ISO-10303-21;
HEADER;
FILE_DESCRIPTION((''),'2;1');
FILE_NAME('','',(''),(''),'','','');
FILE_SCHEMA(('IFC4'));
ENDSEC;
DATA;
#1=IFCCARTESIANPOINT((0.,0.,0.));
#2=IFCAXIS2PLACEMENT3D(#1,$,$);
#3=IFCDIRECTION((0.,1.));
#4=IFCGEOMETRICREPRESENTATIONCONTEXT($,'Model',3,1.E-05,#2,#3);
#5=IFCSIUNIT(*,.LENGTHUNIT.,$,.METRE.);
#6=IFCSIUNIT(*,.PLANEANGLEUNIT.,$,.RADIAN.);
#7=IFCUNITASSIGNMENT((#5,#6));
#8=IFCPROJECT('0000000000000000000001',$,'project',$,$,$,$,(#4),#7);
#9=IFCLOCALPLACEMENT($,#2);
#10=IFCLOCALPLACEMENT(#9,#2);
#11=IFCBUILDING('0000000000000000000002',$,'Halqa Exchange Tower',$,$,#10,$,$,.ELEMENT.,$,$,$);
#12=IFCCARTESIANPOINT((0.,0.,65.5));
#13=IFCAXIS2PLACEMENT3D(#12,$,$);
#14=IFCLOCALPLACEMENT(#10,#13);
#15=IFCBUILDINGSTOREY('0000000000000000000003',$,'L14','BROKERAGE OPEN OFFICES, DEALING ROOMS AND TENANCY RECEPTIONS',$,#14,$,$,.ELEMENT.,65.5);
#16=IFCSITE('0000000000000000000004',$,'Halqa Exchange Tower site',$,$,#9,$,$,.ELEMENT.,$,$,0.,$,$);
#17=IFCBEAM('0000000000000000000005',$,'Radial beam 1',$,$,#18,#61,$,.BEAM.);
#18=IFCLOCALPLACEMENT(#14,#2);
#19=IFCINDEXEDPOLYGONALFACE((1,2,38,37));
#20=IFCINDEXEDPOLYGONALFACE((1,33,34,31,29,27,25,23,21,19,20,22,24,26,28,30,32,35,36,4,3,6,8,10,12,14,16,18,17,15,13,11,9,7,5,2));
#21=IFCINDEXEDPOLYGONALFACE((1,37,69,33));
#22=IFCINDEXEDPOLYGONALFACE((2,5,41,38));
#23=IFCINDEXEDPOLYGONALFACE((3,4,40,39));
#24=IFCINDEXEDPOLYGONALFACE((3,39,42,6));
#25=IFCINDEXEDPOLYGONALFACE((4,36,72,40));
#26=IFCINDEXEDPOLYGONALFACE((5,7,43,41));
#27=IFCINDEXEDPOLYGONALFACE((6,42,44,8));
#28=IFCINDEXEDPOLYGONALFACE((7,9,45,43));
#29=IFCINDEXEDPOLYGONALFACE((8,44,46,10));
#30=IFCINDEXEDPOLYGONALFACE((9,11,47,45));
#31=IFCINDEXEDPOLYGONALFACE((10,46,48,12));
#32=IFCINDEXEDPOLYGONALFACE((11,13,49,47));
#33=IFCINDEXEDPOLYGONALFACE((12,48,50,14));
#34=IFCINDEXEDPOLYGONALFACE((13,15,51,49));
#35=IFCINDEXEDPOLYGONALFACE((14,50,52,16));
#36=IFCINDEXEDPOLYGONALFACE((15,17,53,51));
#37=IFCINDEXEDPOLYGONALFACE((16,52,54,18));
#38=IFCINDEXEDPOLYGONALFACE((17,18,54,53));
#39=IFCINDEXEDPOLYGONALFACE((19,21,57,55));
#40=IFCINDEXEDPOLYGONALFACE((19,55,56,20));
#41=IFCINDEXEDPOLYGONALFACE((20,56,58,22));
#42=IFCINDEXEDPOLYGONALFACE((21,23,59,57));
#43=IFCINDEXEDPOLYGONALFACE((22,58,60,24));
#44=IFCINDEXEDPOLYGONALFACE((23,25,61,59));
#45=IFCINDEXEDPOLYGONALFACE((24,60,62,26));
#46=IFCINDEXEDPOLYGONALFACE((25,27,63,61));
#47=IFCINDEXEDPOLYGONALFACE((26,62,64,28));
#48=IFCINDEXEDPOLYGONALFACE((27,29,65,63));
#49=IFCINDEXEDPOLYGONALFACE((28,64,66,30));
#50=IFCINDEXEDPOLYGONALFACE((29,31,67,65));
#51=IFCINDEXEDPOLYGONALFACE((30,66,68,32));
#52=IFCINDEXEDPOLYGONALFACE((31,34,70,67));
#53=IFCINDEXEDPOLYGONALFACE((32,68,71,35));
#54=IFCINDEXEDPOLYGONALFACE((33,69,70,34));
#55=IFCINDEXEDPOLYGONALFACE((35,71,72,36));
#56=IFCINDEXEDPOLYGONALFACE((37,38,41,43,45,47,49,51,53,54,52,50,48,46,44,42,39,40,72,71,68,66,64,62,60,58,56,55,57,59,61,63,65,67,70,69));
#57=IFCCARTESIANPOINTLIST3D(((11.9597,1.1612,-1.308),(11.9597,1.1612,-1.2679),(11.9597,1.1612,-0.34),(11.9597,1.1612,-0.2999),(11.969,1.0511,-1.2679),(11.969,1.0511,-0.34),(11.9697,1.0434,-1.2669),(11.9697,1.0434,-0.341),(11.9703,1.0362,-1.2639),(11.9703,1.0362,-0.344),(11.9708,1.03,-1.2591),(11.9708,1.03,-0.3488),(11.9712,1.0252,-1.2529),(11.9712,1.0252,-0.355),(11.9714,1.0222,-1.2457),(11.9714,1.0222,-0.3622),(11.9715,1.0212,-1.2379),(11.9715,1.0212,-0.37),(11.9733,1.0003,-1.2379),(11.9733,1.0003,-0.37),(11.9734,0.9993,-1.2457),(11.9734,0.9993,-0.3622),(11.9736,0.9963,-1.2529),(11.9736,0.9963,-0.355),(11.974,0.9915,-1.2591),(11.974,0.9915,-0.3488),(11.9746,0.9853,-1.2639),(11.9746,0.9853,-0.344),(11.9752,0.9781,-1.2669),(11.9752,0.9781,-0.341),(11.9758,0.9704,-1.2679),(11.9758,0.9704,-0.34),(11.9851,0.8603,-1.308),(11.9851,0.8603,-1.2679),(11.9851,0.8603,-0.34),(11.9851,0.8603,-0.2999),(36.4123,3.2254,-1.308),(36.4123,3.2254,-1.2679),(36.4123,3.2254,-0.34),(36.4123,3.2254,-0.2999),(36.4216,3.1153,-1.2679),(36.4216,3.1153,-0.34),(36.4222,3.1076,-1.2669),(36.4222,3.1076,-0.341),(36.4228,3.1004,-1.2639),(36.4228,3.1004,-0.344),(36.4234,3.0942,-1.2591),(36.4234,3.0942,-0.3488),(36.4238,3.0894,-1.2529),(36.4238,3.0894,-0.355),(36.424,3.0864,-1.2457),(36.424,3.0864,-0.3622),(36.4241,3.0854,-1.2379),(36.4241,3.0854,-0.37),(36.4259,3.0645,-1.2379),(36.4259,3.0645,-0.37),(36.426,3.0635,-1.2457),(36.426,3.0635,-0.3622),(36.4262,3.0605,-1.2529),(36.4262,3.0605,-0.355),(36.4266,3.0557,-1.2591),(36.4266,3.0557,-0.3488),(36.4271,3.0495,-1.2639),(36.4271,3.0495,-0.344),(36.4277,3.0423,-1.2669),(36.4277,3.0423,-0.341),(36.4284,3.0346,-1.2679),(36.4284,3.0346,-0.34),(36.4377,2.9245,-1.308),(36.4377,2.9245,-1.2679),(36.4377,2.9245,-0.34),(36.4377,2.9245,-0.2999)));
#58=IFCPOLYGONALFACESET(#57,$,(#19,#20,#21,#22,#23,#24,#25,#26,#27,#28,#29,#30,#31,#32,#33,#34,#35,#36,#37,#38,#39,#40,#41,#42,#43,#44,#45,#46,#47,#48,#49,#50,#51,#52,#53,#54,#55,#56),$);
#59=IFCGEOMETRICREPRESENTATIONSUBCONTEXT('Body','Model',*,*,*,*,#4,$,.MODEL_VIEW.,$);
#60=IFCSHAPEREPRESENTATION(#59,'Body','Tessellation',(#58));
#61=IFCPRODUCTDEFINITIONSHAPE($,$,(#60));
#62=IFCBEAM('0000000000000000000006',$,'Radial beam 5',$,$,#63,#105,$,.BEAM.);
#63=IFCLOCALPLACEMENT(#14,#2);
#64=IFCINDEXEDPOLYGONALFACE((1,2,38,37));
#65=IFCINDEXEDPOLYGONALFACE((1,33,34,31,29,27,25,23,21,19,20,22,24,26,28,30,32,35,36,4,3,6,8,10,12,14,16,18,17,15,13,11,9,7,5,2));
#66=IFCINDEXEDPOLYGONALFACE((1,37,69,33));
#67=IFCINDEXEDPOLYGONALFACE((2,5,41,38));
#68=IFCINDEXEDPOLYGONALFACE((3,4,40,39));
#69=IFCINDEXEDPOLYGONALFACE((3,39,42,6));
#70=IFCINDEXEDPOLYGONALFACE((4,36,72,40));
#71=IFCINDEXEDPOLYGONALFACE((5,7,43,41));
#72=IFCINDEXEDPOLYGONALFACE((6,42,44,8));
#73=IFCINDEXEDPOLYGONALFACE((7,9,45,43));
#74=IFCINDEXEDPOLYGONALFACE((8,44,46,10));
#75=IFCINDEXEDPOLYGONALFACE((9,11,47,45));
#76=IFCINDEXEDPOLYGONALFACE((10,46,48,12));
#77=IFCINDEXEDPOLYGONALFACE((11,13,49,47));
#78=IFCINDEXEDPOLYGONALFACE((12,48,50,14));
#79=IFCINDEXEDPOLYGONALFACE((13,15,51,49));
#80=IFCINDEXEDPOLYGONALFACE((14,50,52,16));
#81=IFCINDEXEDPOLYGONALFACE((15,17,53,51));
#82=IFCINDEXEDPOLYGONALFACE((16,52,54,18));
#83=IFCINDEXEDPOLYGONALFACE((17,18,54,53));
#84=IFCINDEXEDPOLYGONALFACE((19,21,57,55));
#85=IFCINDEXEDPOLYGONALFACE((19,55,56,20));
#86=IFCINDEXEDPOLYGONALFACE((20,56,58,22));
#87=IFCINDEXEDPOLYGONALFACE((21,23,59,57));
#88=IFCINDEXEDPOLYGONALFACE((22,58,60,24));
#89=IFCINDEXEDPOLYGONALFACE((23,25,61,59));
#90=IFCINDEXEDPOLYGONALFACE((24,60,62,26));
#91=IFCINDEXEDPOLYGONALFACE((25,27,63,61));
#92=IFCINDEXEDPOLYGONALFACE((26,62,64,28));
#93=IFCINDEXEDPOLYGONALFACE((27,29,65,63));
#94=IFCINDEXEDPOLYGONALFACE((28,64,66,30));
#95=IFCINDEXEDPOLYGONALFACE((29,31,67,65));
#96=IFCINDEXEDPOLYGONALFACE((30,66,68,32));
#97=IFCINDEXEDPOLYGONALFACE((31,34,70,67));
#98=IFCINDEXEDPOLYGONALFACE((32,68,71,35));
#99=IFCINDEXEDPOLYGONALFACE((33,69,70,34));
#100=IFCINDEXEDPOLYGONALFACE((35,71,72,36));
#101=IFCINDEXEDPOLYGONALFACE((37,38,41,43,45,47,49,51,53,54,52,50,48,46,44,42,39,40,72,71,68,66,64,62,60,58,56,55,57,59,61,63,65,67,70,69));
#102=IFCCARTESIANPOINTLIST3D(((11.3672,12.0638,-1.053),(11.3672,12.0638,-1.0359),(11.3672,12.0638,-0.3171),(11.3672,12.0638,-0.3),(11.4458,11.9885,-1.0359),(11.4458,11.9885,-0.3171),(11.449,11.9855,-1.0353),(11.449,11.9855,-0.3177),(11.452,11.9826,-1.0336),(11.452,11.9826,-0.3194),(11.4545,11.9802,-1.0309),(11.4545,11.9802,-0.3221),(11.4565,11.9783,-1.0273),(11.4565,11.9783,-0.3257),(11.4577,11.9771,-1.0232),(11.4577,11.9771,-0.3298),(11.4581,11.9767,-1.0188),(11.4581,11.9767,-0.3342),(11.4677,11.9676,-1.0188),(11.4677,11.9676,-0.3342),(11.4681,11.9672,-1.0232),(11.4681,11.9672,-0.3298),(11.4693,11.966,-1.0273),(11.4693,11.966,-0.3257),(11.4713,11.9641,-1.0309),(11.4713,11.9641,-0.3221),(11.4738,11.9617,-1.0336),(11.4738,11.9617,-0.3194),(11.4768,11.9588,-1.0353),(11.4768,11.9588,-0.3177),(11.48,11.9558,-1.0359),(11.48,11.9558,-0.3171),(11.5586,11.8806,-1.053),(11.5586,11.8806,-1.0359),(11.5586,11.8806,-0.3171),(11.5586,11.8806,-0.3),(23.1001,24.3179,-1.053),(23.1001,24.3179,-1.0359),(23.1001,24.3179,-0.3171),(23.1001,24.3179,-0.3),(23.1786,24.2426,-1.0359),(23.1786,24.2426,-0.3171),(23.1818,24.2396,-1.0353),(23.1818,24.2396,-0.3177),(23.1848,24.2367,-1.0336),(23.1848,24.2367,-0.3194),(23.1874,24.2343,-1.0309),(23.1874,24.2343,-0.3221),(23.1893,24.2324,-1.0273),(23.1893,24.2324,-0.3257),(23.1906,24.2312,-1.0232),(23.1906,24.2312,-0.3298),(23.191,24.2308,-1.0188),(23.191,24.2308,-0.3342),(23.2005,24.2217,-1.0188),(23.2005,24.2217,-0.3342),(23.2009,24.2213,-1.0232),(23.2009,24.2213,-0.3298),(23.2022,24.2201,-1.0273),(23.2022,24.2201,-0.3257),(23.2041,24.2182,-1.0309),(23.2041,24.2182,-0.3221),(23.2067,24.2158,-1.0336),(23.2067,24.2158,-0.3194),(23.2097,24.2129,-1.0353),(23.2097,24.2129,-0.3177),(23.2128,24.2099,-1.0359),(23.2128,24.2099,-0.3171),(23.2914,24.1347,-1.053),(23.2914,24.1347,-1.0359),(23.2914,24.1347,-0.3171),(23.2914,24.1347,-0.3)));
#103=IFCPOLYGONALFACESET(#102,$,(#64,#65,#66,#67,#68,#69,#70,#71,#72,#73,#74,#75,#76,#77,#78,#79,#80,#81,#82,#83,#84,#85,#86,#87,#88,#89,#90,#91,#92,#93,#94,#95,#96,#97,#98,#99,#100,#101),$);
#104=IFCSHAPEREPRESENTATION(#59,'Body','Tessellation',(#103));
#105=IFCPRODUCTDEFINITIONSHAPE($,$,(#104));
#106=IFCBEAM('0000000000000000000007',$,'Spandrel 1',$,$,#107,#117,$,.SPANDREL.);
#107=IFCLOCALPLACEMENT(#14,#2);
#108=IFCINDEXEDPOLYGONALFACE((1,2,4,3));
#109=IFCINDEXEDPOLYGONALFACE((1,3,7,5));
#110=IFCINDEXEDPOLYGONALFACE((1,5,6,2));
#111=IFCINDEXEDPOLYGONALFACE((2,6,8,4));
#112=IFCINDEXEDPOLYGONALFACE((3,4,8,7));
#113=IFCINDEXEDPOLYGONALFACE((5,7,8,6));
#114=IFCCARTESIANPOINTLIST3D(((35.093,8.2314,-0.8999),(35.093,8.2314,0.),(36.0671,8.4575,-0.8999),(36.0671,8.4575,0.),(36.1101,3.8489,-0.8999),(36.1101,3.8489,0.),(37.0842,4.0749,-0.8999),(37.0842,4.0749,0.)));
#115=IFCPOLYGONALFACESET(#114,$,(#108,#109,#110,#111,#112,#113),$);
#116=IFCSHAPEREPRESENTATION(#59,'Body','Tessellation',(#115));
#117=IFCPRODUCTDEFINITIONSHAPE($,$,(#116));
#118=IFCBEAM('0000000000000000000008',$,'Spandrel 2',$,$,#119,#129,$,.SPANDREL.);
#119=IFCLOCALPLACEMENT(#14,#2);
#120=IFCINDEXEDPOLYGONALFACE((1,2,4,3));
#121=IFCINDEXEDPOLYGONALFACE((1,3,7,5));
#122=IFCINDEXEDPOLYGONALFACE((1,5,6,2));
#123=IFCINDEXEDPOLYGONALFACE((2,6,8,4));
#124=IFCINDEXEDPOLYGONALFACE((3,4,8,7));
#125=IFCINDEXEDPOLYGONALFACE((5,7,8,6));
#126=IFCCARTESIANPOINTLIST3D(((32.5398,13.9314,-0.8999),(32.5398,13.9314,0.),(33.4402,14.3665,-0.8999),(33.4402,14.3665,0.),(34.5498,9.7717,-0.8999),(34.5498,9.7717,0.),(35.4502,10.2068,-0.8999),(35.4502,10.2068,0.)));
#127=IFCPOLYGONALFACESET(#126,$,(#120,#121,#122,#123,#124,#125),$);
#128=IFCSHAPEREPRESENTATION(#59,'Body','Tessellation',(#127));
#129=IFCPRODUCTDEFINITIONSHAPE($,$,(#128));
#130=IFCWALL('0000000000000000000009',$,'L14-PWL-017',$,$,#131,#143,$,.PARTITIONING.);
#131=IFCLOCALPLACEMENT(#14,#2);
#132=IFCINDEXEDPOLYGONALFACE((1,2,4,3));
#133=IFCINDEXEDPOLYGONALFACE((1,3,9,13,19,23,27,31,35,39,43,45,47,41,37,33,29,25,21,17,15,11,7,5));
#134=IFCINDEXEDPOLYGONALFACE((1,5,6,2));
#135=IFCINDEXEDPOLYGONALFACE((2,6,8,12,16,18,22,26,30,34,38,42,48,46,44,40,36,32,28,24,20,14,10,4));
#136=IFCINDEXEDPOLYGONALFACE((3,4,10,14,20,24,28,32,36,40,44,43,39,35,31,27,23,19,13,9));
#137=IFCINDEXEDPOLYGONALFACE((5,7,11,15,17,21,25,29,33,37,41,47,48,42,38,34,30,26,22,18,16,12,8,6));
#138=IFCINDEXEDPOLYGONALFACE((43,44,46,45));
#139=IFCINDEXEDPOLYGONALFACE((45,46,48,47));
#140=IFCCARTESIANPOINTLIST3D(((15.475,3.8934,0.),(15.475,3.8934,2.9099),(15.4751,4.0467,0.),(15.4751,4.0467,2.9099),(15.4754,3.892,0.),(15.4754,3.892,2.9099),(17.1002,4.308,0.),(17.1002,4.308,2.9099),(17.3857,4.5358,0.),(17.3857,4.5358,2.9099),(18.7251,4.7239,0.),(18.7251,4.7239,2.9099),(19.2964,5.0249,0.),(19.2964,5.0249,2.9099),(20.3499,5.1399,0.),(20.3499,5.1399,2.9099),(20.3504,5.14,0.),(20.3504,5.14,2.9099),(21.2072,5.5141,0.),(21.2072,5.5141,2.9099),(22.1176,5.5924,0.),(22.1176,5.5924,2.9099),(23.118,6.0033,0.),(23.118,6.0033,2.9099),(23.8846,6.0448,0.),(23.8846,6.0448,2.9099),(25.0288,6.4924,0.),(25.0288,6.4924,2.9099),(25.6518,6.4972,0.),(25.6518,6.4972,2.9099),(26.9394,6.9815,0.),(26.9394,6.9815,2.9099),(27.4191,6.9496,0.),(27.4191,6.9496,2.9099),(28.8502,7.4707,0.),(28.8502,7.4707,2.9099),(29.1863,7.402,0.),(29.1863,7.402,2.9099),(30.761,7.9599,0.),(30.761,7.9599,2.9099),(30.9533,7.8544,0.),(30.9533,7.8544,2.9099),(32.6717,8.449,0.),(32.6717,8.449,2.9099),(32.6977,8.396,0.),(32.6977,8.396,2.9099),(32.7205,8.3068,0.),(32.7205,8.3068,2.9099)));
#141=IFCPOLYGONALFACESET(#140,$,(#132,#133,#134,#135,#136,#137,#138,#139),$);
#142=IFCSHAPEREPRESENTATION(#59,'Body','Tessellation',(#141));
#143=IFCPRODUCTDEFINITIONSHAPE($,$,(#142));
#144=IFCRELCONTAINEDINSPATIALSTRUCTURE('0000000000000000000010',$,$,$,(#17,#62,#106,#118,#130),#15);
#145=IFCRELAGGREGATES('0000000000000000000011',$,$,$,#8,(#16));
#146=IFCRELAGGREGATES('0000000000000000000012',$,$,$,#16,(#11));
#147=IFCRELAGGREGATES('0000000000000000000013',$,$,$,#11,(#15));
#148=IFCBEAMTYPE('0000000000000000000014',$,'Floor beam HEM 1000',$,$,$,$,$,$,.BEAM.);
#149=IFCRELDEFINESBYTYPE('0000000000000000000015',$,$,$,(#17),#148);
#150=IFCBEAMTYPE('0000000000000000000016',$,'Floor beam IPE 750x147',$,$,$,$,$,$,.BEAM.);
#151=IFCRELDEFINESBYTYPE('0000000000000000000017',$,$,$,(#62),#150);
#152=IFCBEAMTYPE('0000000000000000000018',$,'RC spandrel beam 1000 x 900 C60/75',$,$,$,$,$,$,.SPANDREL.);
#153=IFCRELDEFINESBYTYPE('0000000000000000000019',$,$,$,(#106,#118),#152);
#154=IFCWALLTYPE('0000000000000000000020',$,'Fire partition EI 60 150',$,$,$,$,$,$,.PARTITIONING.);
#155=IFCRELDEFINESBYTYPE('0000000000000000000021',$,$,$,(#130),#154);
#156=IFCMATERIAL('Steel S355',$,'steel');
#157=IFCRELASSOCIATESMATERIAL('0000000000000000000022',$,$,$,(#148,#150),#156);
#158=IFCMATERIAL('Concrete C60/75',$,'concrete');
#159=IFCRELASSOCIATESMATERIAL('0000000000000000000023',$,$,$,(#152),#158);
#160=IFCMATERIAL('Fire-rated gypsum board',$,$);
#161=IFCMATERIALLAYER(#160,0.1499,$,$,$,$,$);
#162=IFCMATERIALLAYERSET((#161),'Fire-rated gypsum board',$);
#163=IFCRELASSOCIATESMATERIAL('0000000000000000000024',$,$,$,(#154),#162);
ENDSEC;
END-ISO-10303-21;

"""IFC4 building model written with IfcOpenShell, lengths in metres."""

from ifc_helpers import new_model, si_unit, direction, frame, origin, origin_2d, place, context, subcontext, project, spatial, polyline, rectangle, i_section, outline, extrude, material, layer, layer_set, material_profile, profile_set, type_object, element, save


model = new_model("IFC4")

# Units and contexts
model_context = context("Model", 3, precision=1e-05, world=origin(), true_north=direction((0.0, 1.0)))
body_context = subcontext(model_context, "Body", "Model", "MODEL_VIEW")
ifc_project = project(units=[si_unit("LENGTHUNIT", "METRE"), si_unit("PLANEANGLEUNIT", "RADIAN")], contexts=[model_context])

# Site, building, storey
site_placement = place(None, origin())
site = spatial("IfcSite", under=ifc_project, at=site_placement, Name="Halqa Exchange Tower site", CompositionType="ELEMENT", RefElevation=0.0)
building_placement = place(site_placement, origin())
building = spatial("IfcBuilding", under=site, at=building_placement, Name="Halqa Exchange Tower", CompositionType="ELEMENT")
storey_placement = place(building_placement, frame((0.0, 0.0, 65.5)))
storey = spatial("IfcBuildingStorey", under=building, at=storey_placement, Name="L14", Description="BROKERAGE OPEN OFFICES, DEALING ROOMS AND TENANCY RECEPTIONS", CompositionType="ELEMENT", Elevation=65.5)

# Beams
ifc_material_1 = material(Name="Steel S355", Category="steel")
ifc_material_profile_1 = material_profile(ifc_material_1, i_section(OverallWidth=0.302, OverallDepth=1.0081, WebThickness=0.021, FlangeThickness=0.04, FilletRadius=0.03, at=origin_2d()), Name="HEM 1000")
ifc_profile_set_1 = profile_set([ifc_material_profile_1], Name="Steel S355")
beam_type_1 = type_object("IfcBeamType", Name="Floor beam HEM 1000", PredefinedType="BEAM", material=ifc_profile_set_1)
beam_1_placement = place(storey_placement, frame((11.9724, 1.0107, -0.804), z_axis=(0.996456, 0.084117, 0.0), x_axis=(-0.084117, 0.996456, 0.0)))
element("IfcBeam", 1, at=beam_1_placement, inside=storey, type_object=beam_type_1, Name="Radial beam 1", PredefinedType="BEAM", context=body_context, shape_type="SweptSolid", body=[
    extrude(i_section(OverallWidth=0.302, OverallDepth=1.0081, WebThickness=0.021, FlangeThickness=0.04, FilletRadius=0.03, at=origin_2d()), origin(), (0.0, 0.0, 1.0), 24.5396),
])
ifc_material_profile_2 = material_profile(ifc_material_1, i_section(OverallWidth=0.2649, OverallDepth=0.7529, WebThickness=0.0132, FlangeThickness=0.0171, FilletRadius=0.0171, at=origin_2d()), Name="IPE 750x147")
ifc_profile_set_2 = profile_set([ifc_material_profile_2], Name="Steel S355")
beam_type_2 = type_object("IfcBeamType", Name="Floor beam IPE 750x147", PredefinedType="BEAM", material=ifc_profile_set_2)
beam_2_placement = place(storey_placement, frame((11.4629, 11.9722, -0.6765), z_axis=(0.691578, 0.722302, 0.0), x_axis=(-0.722302, 0.691578, 0.0)))
element("IfcBeam", 2, at=beam_2_placement, inside=storey, type_object=beam_type_2, Name="Radial beam 5", PredefinedType="BEAM", context=body_context, shape_type="SweptSolid", body=[
    extrude(i_section(OverallWidth=0.2649, OverallDepth=0.7529, WebThickness=0.0132, FlangeThickness=0.0171, FilletRadius=0.0171, at=origin_2d()), origin(), (0.0, 0.0, 1.0), 16.9653),
])
ifc_material_2 = material(Name="Concrete C60/75", Category="concrete")
ifc_material_profile_3 = material_profile(ifc_material_2, rectangle(XDim=1.0, YDim=0.8999, at=origin_2d()), Name="1000 x 900")
ifc_profile_set_3 = profile_set([ifc_material_profile_3], Name="Concrete C60/75")
beam_type_3 = type_object("IfcBeamType", Name="RC spandrel beam 1000 x 900 C60/75", PredefinedType="SPANDREL", material=ifc_profile_set_3)
beam_3_placement = place(storey_placement, frame((36.5972, 3.9619, -0.45), z_axis=(-0.226068, 0.974111, 0.0), x_axis=(-0.974111, -0.226068, 0.0)))
element("IfcBeam", 3, at=beam_3_placement, inside=storey, type_object=beam_type_3, Name="Spandrel 1", PredefinedType="SPANDREL", context=body_context, shape_type="SweptSolid", body=[
    extrude(rectangle(XDim=1.0, YDim=0.8999, at=origin_2d()), origin(), (0.0, 0.0, 1.0), 4.499),
])
beam_4_placement = place(storey_placement, frame((35.0, 9.9893, -0.45), z_axis=(-0.435082, 0.900391, 0.0), x_axis=(-0.900391, -0.435082, 0.0)))
element("IfcBeam", 4, at=beam_4_placement, inside=storey, type_object=beam_type_3, Name="Spandrel 2", PredefinedType="SPANDREL", context=body_context, shape_type="SweptSolid", body=[
    extrude(rectangle(XDim=1.0, YDim=0.8999, at=origin_2d()), origin(), (0.0, 0.0, 1.0), 4.6199),
])

# Wall
ifc_material_3 = material(Name="Fire-rated gypsum board")
ifc_layer_1 = layer(ifc_material_3, 0.1499)
ifc_layer_set_1 = layer_set([ifc_layer_1], Name="Fire-rated gypsum board")
wall_type_1 = type_object("IfcWallType", Name="Fire partition EI 60 150", PredefinedType="PARTITIONING", material=ifc_layer_set_1)
wall_1_placement = place(storey_placement, frame((15.4568, 3.9646, 0.0), z_axis=(0.0, 0.0, 1.0), x_axis=(0.968759, 0.248005, 0.0)))
element("IfcWall", 5, at=wall_1_placement, inside=storey, type_object=wall_type_1, Name="L14-PWL-017", PredefinedType="PARTITIONING", context=body_context, shape_type="SweptSolid", body=[
    extrude(outline(polyline([(0.0, -0.075), (1.6772, -0.075), (3.3545, -0.075), (5.0317, -0.075), (5.0317, -0.075), (5.0322, -0.075), (6.8564, -0.075), (8.6804, -0.075), (10.5046, -0.075), (12.3289, -0.075), (14.1531, -0.075), (15.9771, -0.075), (17.8013, -0.075), (17.8013, 0.0171), (17.7893, 0.075), (15.8169, 0.075), (13.8445, 0.075), (11.8721, 0.075), (9.8999, 0.075), (7.9275, 0.075), (5.9551, 0.075), (3.9827, 0.075), (2.0103, 0.075), (0.0381, 0.075), (0.0, -0.0735), (0.0, -0.075)])), origin(), (0.0, 0.0, 1.0), 2.9099),
])

save(model, "model.ifc")
